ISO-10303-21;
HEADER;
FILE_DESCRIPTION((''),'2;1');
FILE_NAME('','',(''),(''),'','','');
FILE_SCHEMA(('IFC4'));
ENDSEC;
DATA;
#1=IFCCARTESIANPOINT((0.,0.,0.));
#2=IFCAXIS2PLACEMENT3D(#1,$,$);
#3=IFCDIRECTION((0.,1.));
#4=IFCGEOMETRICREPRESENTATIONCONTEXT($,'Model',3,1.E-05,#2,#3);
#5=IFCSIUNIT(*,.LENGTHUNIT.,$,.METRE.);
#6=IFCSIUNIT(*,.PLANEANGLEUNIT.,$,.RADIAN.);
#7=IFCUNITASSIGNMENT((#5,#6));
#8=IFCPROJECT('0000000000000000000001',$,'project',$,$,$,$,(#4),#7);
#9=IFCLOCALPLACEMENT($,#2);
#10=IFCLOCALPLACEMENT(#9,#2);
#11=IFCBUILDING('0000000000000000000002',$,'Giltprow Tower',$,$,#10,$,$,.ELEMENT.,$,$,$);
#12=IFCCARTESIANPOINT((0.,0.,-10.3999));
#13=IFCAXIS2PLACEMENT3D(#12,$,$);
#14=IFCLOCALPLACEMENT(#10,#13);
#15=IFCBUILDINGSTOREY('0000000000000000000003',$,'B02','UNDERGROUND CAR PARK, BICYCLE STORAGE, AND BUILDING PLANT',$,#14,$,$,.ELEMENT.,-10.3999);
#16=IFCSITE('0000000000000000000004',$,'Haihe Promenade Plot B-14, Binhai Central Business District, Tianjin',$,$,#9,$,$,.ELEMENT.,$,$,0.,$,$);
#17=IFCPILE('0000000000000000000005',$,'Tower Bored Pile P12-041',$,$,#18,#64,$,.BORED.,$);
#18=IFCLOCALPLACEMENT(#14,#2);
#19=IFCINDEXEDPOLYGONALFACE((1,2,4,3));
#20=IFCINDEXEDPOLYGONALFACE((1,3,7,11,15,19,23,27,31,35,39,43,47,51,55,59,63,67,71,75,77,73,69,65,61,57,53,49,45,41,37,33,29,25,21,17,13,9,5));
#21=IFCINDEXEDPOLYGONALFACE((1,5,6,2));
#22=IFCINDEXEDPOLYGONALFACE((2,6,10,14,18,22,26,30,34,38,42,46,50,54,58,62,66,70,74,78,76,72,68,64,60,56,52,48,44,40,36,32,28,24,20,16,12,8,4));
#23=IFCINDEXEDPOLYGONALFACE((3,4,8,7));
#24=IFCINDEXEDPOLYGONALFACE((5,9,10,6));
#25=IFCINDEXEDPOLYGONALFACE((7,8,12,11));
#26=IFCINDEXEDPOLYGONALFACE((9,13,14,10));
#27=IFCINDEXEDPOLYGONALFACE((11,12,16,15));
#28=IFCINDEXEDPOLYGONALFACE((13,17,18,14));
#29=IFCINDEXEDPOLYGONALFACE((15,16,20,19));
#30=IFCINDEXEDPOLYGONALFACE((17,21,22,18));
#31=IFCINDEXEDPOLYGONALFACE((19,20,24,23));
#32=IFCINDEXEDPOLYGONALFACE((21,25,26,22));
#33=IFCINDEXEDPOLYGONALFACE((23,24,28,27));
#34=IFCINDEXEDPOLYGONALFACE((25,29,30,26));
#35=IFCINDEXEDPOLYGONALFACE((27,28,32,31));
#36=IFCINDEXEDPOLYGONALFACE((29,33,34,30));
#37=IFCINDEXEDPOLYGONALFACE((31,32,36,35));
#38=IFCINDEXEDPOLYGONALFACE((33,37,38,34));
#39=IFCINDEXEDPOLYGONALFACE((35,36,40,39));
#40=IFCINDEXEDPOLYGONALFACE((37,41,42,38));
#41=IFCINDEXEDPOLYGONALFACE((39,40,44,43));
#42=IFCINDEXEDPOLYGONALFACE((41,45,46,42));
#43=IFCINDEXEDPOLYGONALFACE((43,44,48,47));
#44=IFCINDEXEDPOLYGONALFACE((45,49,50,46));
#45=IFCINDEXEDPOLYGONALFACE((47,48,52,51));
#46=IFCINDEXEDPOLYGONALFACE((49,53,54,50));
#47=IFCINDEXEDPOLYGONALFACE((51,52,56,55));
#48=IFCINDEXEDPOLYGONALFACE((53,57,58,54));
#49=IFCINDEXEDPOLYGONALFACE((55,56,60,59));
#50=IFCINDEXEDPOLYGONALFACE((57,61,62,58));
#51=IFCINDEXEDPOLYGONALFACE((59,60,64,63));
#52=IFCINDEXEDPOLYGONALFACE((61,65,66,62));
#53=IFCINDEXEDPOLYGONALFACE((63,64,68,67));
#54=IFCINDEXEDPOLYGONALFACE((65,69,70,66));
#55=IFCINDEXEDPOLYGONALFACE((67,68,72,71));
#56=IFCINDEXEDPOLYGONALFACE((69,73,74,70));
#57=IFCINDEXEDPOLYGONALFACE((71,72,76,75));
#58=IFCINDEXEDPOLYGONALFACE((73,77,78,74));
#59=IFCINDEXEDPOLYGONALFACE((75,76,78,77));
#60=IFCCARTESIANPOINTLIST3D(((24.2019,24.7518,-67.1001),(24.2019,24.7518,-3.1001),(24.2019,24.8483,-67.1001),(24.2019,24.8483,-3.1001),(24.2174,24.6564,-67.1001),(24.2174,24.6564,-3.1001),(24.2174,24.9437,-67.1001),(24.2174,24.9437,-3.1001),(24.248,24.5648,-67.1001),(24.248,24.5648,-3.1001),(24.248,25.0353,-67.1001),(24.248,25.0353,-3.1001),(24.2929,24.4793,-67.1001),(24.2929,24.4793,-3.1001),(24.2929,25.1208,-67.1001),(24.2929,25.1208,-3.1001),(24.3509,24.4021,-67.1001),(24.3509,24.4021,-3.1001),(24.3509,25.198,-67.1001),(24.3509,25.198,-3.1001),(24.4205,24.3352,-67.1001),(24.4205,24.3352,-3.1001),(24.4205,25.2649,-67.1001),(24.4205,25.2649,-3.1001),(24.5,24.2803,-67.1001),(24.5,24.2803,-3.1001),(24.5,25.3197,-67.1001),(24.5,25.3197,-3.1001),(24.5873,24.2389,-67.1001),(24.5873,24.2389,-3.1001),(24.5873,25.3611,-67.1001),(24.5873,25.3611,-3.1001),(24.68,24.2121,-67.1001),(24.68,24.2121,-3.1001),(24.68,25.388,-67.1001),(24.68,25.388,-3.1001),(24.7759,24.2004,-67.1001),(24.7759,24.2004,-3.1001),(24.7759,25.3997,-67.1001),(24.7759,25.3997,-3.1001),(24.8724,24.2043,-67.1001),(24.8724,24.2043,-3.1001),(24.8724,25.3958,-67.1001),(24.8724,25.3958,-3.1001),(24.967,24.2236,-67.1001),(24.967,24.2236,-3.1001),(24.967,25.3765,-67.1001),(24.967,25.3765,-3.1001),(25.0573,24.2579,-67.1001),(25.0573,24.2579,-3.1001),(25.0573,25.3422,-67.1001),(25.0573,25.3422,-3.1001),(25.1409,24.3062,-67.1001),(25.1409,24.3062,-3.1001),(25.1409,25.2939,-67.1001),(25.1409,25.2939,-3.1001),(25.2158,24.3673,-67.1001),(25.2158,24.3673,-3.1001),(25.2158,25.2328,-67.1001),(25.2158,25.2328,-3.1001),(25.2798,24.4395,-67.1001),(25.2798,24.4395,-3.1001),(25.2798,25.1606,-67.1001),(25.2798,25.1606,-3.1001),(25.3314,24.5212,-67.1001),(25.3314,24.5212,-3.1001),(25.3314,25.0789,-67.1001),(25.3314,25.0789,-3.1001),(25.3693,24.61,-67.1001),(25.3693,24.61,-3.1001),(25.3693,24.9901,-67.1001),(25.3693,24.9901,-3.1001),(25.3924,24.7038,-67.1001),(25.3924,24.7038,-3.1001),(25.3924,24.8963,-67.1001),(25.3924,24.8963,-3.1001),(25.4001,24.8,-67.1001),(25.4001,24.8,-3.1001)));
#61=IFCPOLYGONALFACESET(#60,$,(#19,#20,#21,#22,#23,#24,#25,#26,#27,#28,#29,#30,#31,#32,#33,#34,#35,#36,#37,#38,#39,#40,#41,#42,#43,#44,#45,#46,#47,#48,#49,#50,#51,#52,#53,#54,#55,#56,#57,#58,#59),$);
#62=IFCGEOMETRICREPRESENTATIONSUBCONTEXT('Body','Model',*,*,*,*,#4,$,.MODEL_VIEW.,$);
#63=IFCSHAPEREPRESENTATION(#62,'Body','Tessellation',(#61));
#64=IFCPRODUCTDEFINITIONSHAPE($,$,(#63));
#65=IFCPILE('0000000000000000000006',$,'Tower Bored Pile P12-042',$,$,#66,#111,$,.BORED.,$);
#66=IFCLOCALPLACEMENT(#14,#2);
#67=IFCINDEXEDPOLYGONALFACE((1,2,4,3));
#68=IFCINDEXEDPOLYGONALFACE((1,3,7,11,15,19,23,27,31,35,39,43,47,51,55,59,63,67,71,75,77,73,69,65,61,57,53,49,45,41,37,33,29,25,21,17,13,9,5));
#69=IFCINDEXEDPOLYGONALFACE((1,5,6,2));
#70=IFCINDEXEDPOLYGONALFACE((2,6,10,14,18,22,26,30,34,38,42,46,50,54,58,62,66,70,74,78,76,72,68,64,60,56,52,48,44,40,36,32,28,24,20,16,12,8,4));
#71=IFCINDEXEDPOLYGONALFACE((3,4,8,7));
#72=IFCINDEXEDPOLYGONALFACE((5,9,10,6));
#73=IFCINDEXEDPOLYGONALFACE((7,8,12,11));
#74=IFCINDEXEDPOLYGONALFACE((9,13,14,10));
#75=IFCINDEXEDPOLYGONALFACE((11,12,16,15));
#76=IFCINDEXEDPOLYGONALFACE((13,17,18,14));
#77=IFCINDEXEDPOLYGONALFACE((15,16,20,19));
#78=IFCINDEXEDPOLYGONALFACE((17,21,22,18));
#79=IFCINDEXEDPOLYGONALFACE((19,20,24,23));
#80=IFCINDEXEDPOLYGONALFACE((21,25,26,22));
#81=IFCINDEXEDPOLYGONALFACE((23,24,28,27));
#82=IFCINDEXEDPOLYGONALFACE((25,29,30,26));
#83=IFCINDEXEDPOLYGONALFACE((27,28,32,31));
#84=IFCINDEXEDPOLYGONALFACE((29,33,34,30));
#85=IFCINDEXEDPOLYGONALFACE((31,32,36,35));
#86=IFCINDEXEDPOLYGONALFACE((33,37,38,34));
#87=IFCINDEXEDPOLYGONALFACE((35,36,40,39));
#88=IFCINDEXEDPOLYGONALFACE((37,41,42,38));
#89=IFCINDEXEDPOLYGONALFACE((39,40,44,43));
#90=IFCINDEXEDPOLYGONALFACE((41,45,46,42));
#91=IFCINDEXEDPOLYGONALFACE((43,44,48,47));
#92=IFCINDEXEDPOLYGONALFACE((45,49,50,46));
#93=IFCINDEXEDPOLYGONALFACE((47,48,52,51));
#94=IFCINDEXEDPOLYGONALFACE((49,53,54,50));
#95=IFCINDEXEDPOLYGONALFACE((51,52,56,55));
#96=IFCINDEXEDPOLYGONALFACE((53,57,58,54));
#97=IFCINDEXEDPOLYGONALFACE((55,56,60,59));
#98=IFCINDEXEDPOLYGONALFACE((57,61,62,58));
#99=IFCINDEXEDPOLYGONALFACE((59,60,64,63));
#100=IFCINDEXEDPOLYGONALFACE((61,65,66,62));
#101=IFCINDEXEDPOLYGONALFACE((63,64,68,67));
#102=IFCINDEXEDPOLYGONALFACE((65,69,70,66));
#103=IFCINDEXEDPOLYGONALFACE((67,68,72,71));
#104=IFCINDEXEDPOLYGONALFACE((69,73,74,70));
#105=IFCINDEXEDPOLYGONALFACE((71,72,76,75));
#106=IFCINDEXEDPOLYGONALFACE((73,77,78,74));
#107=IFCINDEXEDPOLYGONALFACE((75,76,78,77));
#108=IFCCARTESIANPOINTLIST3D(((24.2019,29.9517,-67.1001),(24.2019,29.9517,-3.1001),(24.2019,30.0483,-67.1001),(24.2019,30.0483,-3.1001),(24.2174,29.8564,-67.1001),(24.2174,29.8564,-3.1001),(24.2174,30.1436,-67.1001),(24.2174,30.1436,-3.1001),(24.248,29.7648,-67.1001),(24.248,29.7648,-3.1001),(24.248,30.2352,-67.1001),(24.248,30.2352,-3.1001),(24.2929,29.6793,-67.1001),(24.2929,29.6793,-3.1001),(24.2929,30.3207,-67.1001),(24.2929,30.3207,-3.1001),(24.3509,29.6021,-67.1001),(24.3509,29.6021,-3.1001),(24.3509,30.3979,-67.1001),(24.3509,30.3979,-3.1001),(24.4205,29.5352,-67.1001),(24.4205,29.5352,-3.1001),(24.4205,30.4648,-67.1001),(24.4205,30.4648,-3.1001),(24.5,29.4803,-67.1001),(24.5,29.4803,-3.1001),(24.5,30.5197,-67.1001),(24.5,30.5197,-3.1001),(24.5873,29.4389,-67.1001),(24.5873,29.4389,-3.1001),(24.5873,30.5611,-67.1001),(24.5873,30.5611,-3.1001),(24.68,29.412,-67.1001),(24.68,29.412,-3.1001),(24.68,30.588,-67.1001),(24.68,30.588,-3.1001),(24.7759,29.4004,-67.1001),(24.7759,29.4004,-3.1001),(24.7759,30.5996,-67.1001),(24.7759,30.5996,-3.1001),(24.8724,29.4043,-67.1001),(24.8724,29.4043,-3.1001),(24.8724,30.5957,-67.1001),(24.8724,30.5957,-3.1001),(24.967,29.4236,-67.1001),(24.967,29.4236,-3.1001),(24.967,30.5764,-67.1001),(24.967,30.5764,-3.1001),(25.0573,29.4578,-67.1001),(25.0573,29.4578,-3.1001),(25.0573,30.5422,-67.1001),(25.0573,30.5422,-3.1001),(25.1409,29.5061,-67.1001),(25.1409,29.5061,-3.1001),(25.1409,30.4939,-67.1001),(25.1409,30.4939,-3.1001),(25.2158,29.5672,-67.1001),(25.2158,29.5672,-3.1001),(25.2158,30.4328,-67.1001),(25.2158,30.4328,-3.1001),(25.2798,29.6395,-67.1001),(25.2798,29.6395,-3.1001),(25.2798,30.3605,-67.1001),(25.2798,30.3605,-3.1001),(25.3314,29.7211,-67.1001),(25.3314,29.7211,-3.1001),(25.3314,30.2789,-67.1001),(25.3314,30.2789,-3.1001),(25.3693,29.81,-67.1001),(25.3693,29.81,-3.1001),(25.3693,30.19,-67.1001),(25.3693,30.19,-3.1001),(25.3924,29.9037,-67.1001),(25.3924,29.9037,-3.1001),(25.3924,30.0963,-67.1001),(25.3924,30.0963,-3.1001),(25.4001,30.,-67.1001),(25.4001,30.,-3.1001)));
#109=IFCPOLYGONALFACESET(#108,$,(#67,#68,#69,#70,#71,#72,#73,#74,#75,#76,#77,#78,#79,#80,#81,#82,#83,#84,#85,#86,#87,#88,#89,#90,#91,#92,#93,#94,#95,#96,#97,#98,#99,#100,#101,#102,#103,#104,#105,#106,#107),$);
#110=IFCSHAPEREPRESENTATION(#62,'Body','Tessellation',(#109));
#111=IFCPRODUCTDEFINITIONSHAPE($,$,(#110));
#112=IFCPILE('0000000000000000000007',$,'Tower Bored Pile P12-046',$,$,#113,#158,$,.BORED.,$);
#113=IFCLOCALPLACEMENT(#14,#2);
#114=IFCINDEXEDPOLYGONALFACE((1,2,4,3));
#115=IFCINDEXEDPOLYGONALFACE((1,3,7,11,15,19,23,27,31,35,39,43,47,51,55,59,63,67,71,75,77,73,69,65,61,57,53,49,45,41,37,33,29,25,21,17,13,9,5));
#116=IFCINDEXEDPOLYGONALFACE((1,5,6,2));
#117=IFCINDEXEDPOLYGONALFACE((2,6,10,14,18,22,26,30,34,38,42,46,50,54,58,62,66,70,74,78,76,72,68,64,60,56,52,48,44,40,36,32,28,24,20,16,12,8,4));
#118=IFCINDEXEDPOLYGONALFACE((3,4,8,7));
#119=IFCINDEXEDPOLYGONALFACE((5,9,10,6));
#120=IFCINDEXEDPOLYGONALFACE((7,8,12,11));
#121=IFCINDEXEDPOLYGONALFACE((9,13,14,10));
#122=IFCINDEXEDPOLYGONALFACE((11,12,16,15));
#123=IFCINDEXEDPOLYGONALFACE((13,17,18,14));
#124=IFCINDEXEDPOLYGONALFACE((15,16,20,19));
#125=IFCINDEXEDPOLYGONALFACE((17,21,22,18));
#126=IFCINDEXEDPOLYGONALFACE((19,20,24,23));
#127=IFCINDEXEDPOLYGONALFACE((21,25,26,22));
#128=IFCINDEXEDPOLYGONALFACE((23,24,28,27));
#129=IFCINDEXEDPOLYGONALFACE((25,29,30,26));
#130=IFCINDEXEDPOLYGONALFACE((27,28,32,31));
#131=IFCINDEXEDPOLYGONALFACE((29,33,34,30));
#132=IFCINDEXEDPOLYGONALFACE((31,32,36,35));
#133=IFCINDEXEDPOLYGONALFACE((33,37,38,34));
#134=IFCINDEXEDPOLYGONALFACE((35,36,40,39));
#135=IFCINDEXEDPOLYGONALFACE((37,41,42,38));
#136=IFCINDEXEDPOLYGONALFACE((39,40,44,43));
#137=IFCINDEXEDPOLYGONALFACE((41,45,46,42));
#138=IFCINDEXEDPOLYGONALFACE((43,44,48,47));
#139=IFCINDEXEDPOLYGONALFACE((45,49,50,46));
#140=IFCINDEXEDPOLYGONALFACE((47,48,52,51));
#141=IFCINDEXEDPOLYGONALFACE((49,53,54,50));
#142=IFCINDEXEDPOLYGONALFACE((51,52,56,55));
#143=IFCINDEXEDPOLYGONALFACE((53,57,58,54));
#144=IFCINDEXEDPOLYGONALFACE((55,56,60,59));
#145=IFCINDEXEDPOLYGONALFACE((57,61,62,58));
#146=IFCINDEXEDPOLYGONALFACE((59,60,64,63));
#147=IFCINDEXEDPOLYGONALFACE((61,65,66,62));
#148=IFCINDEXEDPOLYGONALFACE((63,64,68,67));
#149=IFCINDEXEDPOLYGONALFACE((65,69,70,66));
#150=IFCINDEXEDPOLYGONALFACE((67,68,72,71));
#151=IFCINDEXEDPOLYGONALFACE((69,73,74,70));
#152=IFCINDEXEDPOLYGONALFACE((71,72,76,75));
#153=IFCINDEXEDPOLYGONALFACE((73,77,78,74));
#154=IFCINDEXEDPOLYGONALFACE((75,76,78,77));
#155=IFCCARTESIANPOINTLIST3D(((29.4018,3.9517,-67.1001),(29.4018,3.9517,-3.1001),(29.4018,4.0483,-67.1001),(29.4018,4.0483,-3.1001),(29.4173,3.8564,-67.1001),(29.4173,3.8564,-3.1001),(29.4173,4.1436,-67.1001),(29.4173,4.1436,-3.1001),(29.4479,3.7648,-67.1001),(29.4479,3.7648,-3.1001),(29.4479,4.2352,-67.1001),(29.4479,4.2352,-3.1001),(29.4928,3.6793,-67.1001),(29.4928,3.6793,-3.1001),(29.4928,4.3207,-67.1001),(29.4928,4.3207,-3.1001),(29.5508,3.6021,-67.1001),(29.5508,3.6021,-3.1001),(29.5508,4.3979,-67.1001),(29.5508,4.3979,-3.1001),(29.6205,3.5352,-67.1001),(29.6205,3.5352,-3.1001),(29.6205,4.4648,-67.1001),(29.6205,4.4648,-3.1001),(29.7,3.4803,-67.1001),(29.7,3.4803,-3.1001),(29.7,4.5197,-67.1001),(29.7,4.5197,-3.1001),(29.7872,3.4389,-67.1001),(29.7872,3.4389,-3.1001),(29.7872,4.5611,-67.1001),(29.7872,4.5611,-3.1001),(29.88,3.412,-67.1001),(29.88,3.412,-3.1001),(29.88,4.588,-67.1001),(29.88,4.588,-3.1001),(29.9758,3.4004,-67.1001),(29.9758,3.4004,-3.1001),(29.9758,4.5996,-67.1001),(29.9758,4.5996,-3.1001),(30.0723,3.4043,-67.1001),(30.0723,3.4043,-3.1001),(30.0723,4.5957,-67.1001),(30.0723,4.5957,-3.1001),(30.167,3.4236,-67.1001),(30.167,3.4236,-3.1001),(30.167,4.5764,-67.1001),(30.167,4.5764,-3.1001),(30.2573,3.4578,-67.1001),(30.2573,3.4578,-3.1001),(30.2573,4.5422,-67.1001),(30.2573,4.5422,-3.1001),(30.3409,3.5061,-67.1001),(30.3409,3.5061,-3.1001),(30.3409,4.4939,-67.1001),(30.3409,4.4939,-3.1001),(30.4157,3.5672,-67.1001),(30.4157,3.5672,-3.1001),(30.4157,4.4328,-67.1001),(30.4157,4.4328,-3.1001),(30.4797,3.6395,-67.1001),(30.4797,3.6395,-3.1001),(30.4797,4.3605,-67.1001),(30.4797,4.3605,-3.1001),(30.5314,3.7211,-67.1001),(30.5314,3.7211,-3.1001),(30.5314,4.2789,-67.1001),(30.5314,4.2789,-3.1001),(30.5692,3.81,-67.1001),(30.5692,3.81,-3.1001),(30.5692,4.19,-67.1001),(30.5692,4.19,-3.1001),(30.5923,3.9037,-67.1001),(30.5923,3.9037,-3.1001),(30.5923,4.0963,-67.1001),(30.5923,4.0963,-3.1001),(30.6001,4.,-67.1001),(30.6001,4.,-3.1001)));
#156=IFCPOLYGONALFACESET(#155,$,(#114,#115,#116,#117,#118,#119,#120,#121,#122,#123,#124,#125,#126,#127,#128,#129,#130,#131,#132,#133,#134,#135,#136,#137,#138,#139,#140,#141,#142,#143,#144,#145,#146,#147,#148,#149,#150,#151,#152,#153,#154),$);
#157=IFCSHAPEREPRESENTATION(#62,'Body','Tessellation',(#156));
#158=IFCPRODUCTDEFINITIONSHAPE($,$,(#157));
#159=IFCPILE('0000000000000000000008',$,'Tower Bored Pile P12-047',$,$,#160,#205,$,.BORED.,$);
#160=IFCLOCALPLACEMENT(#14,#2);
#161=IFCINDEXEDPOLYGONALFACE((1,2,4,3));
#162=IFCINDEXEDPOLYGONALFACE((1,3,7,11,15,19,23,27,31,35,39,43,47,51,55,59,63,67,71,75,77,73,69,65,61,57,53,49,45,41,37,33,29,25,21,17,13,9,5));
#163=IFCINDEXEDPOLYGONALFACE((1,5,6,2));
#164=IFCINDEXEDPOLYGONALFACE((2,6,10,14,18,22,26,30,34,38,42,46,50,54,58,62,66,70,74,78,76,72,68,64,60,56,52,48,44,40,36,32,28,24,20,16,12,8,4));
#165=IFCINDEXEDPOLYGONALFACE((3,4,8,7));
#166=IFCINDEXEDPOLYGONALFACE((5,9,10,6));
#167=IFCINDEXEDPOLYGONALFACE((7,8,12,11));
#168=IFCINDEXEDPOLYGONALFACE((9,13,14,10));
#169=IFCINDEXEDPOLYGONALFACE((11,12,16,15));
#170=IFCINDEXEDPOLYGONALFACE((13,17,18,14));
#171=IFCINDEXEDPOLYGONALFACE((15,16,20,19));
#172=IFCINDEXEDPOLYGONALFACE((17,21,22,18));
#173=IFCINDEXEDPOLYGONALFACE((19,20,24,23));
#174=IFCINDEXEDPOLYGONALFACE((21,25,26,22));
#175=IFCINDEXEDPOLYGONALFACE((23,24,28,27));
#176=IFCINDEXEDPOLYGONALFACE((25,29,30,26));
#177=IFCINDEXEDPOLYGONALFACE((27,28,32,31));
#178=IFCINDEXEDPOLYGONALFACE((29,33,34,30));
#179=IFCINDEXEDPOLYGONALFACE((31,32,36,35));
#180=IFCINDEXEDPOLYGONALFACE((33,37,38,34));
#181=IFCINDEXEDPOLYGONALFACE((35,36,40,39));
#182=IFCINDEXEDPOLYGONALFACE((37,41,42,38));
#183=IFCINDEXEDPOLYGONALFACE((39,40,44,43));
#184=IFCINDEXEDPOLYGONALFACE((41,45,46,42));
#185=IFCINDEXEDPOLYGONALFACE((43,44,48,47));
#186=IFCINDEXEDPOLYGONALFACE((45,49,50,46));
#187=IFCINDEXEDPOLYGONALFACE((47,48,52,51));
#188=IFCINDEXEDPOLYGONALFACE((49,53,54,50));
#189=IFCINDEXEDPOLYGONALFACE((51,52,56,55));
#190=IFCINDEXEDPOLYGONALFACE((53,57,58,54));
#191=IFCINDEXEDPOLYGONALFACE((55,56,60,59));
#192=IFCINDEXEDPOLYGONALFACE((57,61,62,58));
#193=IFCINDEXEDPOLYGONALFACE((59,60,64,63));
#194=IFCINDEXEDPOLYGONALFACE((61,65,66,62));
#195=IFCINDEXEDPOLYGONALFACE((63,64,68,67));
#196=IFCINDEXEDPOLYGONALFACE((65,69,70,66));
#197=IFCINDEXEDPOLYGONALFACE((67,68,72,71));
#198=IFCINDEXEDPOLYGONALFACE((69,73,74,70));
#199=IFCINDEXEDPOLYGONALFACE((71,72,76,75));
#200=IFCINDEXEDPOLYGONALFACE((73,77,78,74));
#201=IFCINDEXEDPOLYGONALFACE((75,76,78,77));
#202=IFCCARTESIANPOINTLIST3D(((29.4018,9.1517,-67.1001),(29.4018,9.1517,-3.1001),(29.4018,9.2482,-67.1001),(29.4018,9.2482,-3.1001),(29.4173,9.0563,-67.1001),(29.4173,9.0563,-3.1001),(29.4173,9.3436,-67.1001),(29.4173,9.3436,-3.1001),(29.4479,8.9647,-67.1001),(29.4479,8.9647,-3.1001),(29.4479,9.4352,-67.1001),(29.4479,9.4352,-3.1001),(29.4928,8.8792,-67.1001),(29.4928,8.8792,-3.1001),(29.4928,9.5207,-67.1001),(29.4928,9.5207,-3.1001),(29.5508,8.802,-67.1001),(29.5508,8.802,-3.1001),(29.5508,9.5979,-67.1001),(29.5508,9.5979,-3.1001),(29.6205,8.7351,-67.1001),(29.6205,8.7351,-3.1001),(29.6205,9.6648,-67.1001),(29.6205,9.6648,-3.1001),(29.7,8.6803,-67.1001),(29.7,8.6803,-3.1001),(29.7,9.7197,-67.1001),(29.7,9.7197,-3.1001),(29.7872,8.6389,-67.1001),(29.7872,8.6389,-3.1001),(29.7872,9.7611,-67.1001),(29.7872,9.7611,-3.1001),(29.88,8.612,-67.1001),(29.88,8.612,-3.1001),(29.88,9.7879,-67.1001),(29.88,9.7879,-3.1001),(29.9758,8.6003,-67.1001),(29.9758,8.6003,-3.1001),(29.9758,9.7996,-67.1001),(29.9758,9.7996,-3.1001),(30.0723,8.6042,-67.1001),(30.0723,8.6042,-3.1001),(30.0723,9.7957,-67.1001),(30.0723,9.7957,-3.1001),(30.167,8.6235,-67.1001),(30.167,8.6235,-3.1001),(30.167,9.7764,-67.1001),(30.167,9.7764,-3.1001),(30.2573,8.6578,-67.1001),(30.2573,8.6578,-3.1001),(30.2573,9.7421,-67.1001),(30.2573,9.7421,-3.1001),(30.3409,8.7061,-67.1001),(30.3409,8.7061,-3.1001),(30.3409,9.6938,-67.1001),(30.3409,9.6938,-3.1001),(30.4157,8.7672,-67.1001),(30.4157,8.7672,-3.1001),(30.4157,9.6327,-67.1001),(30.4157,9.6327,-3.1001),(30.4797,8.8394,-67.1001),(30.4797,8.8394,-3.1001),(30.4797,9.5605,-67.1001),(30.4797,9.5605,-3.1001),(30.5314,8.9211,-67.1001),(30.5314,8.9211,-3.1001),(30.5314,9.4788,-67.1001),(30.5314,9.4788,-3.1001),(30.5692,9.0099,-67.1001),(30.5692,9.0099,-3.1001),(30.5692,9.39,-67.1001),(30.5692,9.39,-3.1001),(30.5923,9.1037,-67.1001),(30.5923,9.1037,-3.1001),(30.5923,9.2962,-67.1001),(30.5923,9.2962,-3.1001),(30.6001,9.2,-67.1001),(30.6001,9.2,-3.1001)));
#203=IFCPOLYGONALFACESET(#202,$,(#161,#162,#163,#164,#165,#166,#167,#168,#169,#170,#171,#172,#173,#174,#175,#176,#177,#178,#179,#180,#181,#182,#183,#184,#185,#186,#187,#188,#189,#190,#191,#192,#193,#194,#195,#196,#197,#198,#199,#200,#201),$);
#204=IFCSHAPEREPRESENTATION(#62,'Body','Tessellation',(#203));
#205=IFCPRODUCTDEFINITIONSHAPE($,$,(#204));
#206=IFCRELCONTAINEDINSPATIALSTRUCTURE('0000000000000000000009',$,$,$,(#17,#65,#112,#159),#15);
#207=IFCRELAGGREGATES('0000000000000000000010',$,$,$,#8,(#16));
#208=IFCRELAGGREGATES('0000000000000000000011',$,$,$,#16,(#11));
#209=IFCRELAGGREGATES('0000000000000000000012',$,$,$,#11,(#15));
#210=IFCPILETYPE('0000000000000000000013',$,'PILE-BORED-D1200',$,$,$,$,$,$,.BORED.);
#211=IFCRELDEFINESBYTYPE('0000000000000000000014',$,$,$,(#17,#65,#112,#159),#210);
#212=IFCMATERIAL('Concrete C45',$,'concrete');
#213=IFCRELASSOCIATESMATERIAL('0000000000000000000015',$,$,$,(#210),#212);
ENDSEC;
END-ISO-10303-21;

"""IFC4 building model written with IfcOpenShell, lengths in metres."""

from ifc_helpers import new_model, si_unit, direction, frame, origin, origin_2d, place, context, subcontext, project, spatial, circle, extrude, source, transform, mapped, material, material_profile, profile_set, type_object, element, save


model = new_model("IFC4")

# Units and contexts
model_context = context("Model", 3, precision=1e-05, world=origin(), true_north=direction((0.0, 1.0)))
body_context = subcontext(model_context, "Body", "Model", "MODEL_VIEW")
ifc_project = project(units=[si_unit("LENGTHUNIT", "METRE"), si_unit("PLANEANGLEUNIT", "RADIAN")], contexts=[model_context])

# Site, building, storey
site_placement = place(None, origin())
site = spatial("IfcSite", under=ifc_project, at=site_placement, Name="Haihe Promenade Plot B-14, Binhai Central Business District, Tianjin", CompositionType="ELEMENT", RefElevation=0.0)
building_placement = place(site_placement, origin())
building = spatial("IfcBuilding", under=site, at=building_placement, Name="Giltprow Tower", CompositionType="ELEMENT")
storey_placement = place(building_placement, frame((0.0, 0.0, -10.3999)))
storey = spatial("IfcBuildingStorey", under=building, at=storey_placement, Name="B02", Description="UNDERGROUND CAR PARK, BICYCLE STORAGE, AND BUILDING PLANT", CompositionType="ELEMENT", Elevation=-10.3999)

# Piles
ifc_material_1 = material(Name="Concrete C45", Category="concrete")
ifc_material_profile_1 = material_profile(ifc_material_1, circle(Radius=0.6001, at=origin_2d()), Name="PILE D1200")
ifc_profile_set_1 = profile_set([ifc_material_profile_1], Name="Concrete C45")
pile_type = type_object("IfcPileType", Name="PILE-BORED-D1200", PredefinedType="BORED", material=ifc_profile_set_1)
shared_shape_1 = source(origin(), body_context, "Body", "SweptSolid", [
    extrude(circle(Radius=0.6001, at=origin_2d()), origin(), (0.0, 0.0, 1.0), 64.0),
])
for number, where, z_axis, x_axis, name in (
    (1, (24.8, 24.8, -3.1001), (0.0, 0.0, -1.0), (1.0, 0.0, 0.0), "Tower Bored Pile P12-041"),
    (2, (24.8, 30.0, -3.1001), (0.0, 0.0, -1.0), (1.0, 0.0, 0.0), "Tower Bored Pile P12-042"),
    (3, (30.0, 4.0, -3.1001), (0.0, 0.0, -1.0), (1.0, 0.0, 0.0), "Tower Bored Pile P12-046"),
    (4, (30.0, 9.2, -3.1001), (0.0, 0.0, -1.0), (1.0, 0.0, 0.0), "Tower Bored Pile P12-047"),
):
    element("IfcPile", number, at=place(storey_placement, frame(where, z_axis=z_axis, x_axis=x_axis)), inside=storey, type_object=pile_type, Name=name, PredefinedType="BORED", context=body_context, shape_type="MappedRepresentation", body=[
        mapped(shared_shape_1, transform((0.0, 0.0, 0.0), x_axis=(1.0, 0.0, 0.0), y_axis=(0.0, 1.0, 0.0), z_axis=(0.0, 0.0, 1.0), scale=1.0)),
    ])

save(model, "model.ifc")
